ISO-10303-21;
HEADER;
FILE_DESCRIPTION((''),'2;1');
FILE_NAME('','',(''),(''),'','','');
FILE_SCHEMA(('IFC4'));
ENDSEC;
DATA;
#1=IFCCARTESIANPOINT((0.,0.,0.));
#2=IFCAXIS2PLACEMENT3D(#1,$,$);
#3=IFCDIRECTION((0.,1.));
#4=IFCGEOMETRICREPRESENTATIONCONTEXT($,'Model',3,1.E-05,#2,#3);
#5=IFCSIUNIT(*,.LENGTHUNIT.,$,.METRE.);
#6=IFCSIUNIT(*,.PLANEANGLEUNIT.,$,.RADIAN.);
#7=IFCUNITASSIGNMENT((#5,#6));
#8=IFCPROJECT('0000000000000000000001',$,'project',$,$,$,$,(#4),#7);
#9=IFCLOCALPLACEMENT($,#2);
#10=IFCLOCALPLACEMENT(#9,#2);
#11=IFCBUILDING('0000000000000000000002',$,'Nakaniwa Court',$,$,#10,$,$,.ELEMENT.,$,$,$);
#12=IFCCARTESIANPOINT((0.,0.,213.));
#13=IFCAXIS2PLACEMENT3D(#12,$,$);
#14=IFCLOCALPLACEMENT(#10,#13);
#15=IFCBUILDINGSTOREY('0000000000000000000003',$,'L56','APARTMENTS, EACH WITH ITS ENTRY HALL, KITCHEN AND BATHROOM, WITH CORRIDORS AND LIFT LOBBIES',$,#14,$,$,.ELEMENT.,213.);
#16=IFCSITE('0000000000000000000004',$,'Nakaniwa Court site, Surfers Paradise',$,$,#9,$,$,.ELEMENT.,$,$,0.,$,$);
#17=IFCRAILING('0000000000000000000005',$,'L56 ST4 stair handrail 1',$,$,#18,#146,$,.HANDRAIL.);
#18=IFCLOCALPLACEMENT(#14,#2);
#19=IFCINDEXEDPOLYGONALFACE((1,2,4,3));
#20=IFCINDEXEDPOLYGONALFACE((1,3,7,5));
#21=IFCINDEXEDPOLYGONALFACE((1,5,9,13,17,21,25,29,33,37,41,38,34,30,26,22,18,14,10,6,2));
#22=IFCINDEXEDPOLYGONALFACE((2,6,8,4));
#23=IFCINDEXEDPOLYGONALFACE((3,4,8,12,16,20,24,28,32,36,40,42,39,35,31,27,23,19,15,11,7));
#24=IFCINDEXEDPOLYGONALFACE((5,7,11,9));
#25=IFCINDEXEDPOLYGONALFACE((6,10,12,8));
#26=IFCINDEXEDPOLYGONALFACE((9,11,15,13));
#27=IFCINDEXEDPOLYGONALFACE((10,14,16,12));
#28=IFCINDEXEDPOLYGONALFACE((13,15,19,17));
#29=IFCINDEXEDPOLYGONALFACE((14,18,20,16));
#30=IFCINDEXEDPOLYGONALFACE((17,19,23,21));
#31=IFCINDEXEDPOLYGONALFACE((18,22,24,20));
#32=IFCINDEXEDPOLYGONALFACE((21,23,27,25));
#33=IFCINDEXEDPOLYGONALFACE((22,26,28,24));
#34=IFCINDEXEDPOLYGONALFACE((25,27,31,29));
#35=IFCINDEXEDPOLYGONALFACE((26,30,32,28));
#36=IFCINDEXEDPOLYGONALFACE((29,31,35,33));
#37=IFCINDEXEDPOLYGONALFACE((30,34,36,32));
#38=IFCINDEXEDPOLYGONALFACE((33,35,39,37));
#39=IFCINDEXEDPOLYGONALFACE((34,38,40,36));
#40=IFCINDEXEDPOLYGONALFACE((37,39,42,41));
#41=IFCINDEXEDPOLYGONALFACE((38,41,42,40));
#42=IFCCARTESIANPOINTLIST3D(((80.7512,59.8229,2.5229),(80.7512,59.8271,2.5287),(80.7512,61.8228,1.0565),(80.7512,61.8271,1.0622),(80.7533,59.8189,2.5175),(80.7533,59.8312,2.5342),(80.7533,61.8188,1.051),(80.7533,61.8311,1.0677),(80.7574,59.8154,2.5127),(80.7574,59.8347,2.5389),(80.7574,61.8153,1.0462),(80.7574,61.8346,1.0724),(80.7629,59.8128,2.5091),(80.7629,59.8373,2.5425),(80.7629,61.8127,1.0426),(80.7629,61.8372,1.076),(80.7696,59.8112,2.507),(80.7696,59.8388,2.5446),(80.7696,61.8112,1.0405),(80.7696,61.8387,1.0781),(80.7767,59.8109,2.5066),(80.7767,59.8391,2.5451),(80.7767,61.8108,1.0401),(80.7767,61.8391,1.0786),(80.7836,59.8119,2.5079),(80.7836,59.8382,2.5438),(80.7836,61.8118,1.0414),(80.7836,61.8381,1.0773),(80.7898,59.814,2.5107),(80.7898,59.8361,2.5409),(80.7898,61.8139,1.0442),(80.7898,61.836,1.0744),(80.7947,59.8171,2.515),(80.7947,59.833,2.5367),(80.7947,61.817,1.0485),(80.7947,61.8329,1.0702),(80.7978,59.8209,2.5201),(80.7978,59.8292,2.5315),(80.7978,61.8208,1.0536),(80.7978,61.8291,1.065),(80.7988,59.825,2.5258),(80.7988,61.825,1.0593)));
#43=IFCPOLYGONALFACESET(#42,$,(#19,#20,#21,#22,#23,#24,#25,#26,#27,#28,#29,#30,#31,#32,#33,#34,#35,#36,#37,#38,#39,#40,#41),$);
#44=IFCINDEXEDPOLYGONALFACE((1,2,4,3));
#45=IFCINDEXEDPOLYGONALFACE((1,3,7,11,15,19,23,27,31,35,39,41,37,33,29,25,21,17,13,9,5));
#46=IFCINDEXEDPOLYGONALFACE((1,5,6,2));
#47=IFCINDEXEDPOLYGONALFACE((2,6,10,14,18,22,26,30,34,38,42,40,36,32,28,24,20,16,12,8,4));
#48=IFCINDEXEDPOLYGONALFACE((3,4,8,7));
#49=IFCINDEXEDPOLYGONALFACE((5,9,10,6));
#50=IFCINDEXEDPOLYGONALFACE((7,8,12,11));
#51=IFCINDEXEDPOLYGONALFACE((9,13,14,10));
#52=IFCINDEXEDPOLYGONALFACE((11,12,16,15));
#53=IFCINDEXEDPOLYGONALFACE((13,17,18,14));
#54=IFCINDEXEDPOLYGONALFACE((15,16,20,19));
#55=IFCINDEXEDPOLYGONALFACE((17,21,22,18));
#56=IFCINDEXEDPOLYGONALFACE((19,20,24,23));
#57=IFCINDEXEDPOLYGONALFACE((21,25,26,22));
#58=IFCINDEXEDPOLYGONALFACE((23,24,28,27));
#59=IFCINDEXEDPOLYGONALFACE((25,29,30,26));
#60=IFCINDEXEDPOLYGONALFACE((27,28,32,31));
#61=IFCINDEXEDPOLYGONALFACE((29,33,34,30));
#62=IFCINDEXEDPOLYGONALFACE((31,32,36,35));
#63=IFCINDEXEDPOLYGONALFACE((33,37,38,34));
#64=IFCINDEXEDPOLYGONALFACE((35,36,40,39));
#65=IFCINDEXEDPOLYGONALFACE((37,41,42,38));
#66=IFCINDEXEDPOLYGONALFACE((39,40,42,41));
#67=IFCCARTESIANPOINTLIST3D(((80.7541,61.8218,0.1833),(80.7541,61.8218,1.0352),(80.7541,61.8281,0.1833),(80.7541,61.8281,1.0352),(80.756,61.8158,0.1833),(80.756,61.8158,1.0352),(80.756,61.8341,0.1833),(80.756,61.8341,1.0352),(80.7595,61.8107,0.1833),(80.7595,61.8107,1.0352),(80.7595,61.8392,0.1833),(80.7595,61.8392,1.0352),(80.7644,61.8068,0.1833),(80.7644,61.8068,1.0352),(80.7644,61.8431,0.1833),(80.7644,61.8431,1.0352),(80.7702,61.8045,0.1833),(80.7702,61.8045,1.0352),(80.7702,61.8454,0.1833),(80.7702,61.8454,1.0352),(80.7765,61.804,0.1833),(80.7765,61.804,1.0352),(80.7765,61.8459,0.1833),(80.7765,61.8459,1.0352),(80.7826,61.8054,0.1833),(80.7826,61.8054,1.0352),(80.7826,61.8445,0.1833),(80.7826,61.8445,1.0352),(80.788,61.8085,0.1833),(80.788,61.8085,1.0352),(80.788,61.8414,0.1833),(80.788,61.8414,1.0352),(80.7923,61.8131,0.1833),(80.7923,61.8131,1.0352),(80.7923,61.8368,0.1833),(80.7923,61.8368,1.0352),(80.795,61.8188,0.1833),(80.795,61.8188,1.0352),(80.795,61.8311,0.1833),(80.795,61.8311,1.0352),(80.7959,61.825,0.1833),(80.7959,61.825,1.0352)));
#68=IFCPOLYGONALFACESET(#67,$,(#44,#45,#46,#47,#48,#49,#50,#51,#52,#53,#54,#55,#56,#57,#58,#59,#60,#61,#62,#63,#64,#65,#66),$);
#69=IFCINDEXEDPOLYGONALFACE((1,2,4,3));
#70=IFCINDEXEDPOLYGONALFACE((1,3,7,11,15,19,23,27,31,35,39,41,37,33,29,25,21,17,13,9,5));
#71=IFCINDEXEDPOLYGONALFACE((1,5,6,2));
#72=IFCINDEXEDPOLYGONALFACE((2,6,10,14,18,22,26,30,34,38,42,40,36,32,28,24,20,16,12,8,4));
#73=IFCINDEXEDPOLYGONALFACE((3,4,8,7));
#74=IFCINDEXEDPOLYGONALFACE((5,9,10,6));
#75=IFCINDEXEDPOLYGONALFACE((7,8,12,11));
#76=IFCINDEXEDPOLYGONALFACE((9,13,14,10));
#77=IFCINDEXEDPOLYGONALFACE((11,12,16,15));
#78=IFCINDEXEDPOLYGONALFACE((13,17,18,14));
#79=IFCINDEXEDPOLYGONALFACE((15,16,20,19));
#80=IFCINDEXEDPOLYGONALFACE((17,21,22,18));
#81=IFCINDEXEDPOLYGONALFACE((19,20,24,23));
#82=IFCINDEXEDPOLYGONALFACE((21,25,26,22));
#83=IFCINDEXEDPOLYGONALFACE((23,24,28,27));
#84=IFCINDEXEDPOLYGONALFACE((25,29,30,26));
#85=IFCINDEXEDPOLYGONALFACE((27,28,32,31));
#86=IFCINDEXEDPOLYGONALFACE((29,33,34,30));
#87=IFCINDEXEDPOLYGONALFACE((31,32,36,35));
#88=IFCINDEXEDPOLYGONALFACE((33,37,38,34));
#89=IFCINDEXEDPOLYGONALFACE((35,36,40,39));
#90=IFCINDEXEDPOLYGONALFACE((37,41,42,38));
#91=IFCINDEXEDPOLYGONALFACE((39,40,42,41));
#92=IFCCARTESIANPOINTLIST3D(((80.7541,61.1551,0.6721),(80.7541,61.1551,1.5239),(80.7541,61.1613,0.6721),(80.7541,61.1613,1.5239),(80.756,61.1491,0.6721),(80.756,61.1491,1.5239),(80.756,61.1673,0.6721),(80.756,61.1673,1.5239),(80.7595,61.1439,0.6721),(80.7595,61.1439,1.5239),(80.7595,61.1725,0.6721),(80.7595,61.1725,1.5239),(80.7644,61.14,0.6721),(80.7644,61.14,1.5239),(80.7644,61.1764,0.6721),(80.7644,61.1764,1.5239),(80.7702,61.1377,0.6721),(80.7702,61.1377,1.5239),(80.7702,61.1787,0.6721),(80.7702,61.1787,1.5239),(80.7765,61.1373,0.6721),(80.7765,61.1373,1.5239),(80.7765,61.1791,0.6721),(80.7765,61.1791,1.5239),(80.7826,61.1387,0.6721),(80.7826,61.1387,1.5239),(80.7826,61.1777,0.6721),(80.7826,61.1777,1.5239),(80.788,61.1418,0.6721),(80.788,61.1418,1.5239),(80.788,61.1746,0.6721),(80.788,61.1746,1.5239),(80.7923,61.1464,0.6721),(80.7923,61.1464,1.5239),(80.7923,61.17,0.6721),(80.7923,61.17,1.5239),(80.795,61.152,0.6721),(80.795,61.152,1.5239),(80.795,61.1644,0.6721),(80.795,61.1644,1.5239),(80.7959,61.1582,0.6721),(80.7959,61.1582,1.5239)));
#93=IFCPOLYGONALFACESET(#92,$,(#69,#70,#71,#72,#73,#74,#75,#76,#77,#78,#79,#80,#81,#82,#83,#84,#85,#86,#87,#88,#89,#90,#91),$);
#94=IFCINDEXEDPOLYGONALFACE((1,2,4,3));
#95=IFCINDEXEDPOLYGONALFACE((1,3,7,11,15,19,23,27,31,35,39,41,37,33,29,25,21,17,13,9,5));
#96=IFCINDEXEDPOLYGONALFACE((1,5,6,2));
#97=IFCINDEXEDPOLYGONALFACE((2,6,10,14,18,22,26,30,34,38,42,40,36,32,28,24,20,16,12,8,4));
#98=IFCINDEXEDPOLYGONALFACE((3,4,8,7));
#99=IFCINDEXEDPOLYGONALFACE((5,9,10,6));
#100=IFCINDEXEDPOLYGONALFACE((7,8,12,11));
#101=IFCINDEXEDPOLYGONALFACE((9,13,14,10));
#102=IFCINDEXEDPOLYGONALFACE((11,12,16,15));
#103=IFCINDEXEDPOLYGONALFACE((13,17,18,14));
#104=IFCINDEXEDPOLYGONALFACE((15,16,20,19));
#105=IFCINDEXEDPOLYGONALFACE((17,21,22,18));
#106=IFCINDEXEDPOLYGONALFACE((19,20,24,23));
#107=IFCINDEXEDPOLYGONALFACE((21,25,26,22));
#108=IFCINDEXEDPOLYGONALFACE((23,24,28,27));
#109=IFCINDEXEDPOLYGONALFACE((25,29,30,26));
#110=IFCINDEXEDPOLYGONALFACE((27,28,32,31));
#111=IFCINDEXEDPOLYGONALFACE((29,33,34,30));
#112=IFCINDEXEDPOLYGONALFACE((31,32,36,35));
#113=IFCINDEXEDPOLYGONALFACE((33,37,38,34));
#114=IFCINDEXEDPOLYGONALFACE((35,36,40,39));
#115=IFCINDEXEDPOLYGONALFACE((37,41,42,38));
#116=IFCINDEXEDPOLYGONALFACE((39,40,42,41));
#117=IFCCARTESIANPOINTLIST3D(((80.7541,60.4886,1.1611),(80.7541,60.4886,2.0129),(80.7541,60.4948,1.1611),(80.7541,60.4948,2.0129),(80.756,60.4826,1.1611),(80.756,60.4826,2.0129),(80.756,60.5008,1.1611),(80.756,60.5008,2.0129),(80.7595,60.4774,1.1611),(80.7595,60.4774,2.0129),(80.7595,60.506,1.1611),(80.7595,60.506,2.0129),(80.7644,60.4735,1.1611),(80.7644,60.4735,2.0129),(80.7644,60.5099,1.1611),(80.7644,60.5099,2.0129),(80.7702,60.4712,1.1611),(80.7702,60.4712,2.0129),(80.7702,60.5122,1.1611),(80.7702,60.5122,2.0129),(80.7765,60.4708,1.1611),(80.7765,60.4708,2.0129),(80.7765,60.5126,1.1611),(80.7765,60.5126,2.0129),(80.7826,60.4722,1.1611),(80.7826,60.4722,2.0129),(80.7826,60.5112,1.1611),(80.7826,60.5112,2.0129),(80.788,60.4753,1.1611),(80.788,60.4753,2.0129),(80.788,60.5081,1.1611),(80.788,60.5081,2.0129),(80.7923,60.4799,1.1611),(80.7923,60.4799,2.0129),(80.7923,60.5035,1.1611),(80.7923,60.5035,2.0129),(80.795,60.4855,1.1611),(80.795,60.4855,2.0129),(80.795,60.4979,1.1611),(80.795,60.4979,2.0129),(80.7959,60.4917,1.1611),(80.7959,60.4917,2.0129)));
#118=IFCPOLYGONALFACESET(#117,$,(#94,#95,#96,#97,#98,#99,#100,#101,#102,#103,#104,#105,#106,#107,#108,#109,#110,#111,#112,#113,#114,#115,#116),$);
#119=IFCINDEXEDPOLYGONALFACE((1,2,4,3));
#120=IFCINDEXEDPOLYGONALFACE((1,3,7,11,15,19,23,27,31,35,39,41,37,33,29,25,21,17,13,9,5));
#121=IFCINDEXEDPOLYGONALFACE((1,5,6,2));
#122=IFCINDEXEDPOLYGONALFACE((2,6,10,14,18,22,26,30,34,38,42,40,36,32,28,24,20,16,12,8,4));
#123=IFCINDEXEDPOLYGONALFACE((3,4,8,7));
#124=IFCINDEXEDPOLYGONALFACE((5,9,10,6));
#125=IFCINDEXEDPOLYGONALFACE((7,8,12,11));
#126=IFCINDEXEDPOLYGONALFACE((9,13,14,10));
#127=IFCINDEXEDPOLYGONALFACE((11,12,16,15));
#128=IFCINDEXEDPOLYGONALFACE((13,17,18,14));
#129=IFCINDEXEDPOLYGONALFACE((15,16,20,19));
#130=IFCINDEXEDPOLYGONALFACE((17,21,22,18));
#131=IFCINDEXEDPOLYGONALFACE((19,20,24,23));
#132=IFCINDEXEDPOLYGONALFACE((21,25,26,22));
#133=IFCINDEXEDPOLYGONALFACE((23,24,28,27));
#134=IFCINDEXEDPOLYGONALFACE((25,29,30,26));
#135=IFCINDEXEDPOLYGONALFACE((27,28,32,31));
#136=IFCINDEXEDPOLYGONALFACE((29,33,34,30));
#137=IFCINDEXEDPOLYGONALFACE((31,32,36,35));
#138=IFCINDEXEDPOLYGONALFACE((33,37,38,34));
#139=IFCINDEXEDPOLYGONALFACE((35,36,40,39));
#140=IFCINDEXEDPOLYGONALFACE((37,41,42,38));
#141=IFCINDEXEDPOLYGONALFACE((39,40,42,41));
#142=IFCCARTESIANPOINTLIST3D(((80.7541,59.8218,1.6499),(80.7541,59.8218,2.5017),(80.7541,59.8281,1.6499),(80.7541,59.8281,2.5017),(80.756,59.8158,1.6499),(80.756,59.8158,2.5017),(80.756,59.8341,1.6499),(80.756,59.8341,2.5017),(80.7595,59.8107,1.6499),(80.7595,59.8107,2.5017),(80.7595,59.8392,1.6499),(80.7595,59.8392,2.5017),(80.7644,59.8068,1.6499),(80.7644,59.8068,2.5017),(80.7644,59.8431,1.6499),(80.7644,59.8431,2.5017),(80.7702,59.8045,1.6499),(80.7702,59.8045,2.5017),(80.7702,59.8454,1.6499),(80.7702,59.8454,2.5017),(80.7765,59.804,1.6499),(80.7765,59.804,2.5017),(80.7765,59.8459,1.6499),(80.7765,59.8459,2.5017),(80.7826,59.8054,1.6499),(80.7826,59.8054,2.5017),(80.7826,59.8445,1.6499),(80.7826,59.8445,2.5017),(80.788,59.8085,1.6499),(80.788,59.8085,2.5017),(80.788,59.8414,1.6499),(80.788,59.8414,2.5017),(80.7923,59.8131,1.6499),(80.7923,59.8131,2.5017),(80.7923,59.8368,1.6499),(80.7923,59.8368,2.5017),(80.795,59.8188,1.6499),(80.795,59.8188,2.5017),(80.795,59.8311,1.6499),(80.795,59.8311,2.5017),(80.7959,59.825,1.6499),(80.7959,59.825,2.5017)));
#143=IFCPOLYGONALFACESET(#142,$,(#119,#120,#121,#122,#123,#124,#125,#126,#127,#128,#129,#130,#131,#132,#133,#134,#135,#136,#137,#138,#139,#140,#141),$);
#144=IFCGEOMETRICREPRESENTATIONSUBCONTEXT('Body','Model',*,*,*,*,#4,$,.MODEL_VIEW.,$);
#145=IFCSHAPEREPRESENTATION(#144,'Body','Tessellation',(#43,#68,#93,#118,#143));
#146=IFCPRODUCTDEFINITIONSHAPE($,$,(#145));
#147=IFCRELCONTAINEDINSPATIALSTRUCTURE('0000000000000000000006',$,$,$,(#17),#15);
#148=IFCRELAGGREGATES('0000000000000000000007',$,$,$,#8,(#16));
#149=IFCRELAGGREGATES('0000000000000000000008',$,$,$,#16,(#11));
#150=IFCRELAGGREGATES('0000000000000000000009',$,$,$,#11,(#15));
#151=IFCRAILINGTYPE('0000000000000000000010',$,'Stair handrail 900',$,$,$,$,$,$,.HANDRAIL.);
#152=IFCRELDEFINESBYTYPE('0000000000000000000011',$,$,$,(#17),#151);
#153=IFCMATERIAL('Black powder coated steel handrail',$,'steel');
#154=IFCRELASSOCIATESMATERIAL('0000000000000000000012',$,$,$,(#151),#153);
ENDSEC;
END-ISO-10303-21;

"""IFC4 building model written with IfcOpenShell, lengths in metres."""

from ifc_helpers import new_model, si_unit, direction, frame, origin, origin_2d, place, context, subcontext, project, spatial, circle, extrude, material, type_object, element, save


model = new_model("IFC4")

# Units and contexts
model_context = context("Model", 3, precision=1e-05, world=origin(), true_north=direction((0.0, 1.0)))
body_context = subcontext(model_context, "Body", "Model", "MODEL_VIEW")
ifc_project = project(units=[si_unit("LENGTHUNIT", "METRE"), si_unit("PLANEANGLEUNIT", "RADIAN")], contexts=[model_context])

# Site, building, storey
site_placement = place(None, origin())
site = spatial("IfcSite", under=ifc_project, at=site_placement, Name="Nakaniwa Court site, Surfers Paradise", CompositionType="ELEMENT", RefElevation=0.0)
building_placement = place(site_placement, origin())
building = spatial("IfcBuilding", under=site, at=building_placement, Name="Nakaniwa Court", CompositionType="ELEMENT")
storey_placement = place(building_placement, frame((0.0, 0.0, 213.0)))
storey = spatial("IfcBuildingStorey", under=building, at=storey_placement, Name="L56", Description="APARTMENTS, EACH WITH ITS ENTRY HALL, KITCHEN AND BATHROOM, WITH CORRIDORS AND LIFT LOBBIES", CompositionType="ELEMENT", Elevation=213.0)

# Railing
ifc_material_1 = material(Name="Black powder coated steel handrail", Category="steel")
railing_type_1 = type_object("IfcRailingType", Name="Stair handrail 900", PredefinedType="HANDRAIL", material=ifc_material_1)
railing_1_placement = place(storey_placement, frame((80.7749, 61.825, 0.1833)))
element("IfcRailing", 1, at=railing_1_placement, inside=storey, type_object=railing_type_1, Name="L56 ST4 stair handrail 1", PredefinedType="HANDRAIL", context=body_context, shape_type="SweptSolid", body=[
    extrude(circle(Radius=0.0239, at=origin_2d()), frame((0.0, 0.0, 0.876), z_axis=(0.0, -0.806427, 0.591334), x_axis=(1.0, 0.0, 0.0)), (0.0, 0.0, 1.0), 2.48),
    extrude(circle(Radius=0.021, at=origin_2d()), origin(), (0.0, 0.0, 1.0), 0.8518),
    extrude(circle(Radius=0.021, at=origin_2d()), frame((0.0, -0.6667, 0.4888)), (0.0, 0.0, 1.0), 0.8518),
    extrude(circle(Radius=0.021, at=origin_2d()), frame((0.0, -1.3333, 0.9778)), (0.0, 0.0, 1.0), 0.8518),
    extrude(circle(Radius=0.021, at=origin_2d()), frame((0.0, -2.0, 1.4666)), (0.0, 0.0, 1.0), 0.8518),
])

save(model, "model.ifc")
